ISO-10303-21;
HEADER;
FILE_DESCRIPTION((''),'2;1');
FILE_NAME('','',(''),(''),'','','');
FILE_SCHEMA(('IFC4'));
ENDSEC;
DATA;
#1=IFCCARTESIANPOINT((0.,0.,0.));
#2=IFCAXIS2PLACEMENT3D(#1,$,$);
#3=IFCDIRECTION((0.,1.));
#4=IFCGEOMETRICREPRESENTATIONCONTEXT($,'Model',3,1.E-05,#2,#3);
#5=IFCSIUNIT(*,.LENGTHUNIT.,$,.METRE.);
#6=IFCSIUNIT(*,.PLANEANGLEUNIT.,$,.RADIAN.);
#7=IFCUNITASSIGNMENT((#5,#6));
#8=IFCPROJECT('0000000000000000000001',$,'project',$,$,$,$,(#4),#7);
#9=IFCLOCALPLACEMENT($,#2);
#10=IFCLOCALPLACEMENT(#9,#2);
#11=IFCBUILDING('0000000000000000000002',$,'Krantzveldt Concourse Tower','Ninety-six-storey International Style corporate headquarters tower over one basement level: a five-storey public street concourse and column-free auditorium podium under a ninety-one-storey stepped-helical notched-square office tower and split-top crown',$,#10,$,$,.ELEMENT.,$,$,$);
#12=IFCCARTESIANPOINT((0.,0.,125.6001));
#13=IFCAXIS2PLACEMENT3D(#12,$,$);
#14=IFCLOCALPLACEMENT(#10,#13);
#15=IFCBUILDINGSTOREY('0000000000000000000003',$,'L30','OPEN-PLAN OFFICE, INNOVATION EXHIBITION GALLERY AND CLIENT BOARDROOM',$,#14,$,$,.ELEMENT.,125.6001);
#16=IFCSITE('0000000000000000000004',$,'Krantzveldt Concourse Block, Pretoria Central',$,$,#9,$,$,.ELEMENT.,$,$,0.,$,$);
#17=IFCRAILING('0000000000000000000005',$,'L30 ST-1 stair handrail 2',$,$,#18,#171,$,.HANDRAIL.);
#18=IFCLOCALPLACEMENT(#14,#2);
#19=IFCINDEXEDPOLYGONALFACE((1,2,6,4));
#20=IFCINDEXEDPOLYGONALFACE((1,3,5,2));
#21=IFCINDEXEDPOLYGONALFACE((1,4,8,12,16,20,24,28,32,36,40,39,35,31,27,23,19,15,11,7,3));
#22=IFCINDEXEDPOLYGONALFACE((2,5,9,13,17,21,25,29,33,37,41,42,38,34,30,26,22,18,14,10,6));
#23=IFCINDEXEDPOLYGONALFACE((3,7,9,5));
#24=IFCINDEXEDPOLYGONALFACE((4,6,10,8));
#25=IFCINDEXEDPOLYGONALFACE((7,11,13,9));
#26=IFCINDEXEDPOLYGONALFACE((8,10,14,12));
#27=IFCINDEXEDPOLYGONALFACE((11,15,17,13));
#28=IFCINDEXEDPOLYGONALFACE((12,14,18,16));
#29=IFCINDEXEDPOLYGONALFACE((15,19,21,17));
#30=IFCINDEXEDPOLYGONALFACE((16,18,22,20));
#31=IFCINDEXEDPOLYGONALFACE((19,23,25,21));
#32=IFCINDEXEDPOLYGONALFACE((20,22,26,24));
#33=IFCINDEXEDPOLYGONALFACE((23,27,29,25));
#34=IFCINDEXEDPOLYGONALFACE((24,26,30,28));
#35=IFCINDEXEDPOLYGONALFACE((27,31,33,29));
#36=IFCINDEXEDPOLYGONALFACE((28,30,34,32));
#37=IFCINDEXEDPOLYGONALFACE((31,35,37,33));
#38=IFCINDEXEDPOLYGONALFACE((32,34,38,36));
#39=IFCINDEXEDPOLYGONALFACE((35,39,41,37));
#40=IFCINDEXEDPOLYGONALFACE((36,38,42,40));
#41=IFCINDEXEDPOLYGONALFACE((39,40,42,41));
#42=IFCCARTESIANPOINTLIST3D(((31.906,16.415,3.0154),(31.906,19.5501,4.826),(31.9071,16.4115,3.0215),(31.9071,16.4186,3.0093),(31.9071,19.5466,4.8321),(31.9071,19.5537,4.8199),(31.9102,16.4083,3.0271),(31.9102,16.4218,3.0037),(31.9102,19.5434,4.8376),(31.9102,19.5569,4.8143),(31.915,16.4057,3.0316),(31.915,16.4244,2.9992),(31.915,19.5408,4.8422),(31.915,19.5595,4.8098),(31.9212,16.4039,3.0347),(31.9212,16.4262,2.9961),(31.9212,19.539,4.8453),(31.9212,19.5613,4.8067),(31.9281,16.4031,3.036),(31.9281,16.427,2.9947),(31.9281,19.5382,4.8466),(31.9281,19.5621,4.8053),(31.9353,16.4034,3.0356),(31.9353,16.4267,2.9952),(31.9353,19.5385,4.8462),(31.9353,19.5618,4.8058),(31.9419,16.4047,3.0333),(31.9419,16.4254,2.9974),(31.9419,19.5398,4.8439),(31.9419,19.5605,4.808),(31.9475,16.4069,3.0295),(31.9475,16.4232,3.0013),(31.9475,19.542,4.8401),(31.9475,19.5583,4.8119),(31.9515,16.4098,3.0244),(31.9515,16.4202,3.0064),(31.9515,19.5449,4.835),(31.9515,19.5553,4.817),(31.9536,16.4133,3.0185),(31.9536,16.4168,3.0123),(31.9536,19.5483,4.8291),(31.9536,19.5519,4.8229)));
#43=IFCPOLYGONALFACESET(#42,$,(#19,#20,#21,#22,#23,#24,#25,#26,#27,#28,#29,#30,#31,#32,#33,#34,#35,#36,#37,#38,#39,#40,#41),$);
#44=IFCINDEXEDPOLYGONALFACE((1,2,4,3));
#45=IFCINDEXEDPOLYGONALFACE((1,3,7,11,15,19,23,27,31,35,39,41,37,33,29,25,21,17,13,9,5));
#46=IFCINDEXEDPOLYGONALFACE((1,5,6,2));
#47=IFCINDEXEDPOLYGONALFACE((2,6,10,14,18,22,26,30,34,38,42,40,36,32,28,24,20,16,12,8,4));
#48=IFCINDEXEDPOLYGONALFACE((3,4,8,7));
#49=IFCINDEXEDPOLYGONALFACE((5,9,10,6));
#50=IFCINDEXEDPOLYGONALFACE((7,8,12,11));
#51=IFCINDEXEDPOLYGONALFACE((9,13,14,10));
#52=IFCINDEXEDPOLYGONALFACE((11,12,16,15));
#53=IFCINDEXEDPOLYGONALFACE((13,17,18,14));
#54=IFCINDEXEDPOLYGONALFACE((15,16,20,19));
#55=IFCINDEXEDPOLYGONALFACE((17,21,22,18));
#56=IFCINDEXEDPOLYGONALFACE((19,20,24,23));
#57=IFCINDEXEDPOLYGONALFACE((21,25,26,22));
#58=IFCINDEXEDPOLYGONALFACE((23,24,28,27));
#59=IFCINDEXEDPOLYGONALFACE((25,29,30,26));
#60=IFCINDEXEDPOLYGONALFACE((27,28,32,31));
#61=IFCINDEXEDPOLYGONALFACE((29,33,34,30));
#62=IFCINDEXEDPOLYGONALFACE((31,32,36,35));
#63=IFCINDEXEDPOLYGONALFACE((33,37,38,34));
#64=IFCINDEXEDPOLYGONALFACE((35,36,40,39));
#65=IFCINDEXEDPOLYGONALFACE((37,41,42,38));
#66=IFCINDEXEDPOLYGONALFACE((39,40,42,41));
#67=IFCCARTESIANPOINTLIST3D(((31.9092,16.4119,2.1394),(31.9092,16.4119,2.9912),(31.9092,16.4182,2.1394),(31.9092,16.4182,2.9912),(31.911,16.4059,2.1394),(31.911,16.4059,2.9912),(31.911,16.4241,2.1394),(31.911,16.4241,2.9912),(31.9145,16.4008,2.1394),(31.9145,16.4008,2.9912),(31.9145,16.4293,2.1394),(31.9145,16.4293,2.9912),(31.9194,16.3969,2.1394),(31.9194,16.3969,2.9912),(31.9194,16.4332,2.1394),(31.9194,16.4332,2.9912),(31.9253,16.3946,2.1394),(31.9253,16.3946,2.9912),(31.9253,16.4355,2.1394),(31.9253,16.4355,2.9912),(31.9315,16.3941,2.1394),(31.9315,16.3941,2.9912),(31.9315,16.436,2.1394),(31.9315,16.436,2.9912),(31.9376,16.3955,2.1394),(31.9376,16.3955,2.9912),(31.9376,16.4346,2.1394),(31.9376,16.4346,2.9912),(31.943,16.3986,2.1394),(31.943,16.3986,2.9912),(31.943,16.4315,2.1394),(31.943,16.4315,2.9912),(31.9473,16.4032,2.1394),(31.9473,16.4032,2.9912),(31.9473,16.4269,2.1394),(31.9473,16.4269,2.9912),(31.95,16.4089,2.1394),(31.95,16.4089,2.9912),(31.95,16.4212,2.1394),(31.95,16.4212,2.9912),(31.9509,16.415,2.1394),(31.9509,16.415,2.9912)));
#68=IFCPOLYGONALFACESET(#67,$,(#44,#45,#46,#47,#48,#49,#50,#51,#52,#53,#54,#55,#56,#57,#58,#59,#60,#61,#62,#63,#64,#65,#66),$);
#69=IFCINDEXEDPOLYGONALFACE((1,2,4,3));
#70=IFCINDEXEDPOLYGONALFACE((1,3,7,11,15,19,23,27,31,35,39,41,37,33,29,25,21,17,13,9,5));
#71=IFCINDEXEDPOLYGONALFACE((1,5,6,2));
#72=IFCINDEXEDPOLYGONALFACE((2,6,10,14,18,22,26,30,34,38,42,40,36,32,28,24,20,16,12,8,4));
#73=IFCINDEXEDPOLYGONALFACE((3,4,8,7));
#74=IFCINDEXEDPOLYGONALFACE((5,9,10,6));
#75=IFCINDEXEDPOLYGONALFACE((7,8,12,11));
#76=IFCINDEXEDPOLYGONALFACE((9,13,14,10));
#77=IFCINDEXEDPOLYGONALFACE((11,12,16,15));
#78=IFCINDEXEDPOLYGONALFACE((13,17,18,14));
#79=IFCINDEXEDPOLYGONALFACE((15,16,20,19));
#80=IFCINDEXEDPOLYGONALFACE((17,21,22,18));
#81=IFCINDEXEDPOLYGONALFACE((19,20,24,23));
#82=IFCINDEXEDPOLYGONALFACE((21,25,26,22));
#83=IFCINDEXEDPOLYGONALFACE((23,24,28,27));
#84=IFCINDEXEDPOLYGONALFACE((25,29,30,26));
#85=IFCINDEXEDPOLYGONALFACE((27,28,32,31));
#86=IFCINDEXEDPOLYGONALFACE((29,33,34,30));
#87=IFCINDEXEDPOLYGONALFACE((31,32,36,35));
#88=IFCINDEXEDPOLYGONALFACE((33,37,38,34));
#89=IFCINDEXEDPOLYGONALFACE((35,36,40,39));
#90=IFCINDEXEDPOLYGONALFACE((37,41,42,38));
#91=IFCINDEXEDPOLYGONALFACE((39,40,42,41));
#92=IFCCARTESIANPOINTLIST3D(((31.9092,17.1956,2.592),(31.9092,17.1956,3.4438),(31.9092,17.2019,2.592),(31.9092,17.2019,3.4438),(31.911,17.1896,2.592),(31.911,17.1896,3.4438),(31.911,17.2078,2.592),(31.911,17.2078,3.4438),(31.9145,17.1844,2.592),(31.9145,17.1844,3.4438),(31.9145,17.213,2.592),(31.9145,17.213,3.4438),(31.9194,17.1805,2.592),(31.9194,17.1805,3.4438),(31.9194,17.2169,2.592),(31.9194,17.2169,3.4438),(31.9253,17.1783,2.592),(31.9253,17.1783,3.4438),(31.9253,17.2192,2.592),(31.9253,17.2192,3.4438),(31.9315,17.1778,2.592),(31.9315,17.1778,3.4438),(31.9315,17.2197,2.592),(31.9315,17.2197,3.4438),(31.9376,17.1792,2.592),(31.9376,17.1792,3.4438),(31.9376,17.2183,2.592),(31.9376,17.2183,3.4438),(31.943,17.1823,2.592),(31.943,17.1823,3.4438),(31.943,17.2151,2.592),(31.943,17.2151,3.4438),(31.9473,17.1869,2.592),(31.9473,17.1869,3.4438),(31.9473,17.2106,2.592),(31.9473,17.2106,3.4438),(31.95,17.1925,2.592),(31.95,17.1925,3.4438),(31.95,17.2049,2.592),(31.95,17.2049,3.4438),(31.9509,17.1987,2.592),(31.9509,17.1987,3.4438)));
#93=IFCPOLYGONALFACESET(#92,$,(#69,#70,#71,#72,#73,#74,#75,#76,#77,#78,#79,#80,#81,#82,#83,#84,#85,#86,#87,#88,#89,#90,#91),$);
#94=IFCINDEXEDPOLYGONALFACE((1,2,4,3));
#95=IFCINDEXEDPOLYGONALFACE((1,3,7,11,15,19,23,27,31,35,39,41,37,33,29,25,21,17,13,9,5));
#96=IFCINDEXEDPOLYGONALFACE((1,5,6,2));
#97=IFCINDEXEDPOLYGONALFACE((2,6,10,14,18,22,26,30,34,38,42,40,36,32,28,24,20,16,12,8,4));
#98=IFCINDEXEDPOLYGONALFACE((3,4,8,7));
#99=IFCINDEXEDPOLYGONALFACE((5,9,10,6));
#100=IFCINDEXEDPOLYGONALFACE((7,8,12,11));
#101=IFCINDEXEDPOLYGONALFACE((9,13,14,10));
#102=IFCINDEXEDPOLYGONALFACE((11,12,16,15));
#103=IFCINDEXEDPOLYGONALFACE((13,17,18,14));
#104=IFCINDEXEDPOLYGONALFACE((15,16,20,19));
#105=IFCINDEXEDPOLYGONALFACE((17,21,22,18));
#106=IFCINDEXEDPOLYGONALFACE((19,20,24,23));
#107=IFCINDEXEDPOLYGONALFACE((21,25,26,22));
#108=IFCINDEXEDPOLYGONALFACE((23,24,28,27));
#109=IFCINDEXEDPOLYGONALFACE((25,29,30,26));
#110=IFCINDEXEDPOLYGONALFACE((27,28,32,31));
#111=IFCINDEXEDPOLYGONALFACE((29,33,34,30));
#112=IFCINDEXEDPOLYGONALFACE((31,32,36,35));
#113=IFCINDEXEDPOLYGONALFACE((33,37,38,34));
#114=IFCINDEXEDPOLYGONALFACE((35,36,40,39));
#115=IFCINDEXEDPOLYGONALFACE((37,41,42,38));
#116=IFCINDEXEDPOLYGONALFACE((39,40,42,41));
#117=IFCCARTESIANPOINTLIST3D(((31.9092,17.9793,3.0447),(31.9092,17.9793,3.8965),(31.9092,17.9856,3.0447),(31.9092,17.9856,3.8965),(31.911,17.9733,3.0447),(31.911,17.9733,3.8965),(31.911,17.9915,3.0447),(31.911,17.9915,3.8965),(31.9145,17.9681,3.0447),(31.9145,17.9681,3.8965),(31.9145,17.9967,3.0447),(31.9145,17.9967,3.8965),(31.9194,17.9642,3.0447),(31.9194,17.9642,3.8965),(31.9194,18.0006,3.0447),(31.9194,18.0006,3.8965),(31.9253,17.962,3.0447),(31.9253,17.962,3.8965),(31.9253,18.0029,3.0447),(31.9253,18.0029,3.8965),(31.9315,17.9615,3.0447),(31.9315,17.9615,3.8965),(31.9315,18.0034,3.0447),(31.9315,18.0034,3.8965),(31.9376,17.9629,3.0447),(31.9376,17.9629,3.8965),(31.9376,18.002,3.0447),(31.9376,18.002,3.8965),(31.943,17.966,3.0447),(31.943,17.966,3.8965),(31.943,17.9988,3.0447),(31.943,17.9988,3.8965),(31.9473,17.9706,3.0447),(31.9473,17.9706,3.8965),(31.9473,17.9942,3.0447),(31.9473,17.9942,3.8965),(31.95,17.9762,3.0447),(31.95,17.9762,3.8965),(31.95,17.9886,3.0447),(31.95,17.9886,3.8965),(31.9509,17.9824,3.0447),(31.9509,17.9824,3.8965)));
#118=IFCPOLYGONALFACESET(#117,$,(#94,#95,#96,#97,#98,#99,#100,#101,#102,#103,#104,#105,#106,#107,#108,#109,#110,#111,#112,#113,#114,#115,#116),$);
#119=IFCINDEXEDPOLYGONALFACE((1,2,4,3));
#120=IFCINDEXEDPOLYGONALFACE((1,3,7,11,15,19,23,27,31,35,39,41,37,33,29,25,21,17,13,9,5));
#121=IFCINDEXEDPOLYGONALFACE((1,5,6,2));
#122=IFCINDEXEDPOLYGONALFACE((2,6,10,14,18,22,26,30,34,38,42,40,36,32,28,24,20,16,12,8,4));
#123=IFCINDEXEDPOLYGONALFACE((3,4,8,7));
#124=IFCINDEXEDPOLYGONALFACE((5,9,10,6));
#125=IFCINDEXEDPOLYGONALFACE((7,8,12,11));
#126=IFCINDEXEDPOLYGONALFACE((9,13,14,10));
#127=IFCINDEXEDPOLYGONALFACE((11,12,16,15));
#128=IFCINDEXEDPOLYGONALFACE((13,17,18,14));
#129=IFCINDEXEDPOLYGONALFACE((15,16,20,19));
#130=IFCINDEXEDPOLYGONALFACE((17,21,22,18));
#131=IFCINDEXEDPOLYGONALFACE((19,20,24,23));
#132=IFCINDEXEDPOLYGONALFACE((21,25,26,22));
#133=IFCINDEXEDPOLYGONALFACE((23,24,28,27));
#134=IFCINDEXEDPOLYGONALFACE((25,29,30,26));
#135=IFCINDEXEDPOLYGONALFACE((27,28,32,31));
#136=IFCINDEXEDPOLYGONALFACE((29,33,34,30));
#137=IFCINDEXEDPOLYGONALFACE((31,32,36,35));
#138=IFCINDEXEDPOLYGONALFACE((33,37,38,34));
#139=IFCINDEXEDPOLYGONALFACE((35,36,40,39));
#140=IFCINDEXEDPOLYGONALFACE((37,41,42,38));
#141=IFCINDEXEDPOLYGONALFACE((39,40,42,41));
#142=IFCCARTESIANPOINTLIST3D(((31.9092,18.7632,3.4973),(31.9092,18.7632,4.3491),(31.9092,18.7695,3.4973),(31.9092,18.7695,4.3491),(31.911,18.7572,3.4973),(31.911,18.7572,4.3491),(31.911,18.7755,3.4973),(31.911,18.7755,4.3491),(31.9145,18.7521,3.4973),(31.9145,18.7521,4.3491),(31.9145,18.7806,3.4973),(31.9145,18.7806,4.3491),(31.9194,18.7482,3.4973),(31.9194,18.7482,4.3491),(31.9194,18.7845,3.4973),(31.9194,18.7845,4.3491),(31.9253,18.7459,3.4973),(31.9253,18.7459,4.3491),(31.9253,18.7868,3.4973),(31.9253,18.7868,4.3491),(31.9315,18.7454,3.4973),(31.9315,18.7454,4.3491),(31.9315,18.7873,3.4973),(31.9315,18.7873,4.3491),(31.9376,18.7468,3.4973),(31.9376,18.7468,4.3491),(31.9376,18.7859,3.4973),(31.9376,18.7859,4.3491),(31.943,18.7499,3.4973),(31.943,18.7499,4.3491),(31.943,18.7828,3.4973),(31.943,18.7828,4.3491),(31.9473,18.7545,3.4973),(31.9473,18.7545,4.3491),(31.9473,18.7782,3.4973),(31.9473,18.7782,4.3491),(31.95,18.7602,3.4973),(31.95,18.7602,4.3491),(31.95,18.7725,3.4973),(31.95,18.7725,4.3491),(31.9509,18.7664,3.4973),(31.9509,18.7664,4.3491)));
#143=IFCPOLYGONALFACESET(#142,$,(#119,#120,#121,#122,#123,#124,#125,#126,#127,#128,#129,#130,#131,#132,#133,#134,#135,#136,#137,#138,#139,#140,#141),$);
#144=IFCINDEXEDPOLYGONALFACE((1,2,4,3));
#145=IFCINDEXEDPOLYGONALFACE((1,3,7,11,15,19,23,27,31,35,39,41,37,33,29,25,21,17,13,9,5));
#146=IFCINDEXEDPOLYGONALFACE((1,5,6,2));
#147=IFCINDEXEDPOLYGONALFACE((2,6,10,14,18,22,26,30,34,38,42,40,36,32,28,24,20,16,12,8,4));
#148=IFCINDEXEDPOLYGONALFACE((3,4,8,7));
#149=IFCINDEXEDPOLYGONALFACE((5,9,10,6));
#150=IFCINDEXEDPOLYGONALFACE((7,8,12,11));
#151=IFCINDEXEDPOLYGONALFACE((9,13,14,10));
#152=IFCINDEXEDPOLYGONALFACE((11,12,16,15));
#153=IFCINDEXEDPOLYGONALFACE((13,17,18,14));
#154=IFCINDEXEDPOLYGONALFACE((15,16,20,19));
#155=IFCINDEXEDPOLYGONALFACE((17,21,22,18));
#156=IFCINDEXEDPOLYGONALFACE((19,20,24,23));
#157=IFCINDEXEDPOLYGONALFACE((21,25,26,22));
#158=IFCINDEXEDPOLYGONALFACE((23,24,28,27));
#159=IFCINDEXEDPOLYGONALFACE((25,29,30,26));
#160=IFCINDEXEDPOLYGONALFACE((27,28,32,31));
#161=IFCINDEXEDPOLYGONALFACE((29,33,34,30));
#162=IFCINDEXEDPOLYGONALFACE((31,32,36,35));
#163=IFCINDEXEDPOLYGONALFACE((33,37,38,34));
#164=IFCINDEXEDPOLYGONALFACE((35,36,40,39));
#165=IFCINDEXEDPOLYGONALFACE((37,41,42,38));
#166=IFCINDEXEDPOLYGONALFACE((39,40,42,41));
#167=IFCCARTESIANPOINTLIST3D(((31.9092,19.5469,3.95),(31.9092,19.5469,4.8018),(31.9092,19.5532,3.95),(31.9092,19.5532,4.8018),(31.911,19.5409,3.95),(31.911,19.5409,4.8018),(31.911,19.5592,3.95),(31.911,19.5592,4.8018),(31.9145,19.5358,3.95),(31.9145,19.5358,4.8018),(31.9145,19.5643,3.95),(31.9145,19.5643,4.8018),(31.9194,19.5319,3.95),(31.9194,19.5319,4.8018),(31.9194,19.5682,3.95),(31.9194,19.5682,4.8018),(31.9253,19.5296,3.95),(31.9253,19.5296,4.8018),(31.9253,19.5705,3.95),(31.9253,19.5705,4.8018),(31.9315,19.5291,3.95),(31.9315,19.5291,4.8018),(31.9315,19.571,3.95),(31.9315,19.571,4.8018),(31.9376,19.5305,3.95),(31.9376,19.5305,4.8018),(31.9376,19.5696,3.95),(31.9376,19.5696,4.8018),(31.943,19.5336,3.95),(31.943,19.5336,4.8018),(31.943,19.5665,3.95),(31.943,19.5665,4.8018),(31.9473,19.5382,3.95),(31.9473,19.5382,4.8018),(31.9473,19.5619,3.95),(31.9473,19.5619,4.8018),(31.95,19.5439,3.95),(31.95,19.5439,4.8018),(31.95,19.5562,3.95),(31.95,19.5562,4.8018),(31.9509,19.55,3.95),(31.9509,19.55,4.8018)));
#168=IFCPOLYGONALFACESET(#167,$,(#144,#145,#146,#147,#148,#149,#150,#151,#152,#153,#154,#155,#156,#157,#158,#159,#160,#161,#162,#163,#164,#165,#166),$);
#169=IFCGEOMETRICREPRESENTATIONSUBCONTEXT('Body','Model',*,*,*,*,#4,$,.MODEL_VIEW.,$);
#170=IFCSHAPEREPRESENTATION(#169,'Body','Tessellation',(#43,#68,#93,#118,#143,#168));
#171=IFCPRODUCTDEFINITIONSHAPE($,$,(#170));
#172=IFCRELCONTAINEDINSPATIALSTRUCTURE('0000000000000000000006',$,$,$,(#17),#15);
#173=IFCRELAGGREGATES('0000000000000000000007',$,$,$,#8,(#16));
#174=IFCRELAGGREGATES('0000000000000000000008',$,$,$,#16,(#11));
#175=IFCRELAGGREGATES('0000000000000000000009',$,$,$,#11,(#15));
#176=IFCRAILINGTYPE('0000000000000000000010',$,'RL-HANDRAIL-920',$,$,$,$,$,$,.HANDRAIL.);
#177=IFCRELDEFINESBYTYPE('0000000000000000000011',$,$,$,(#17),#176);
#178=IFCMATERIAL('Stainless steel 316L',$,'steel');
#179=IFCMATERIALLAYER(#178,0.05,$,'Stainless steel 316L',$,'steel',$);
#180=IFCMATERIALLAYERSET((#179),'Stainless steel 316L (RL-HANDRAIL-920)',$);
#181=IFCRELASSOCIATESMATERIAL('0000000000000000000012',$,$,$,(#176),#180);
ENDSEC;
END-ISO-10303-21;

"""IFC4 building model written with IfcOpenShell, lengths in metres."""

from ifc_helpers import new_model, si_unit, direction, frame, origin, origin_2d, place, context, subcontext, project, spatial, circle, extrude, material, layer, layer_set, type_object, element, save


model = new_model("IFC4")

# Units and contexts
model_context = context("Model", 3, precision=1e-05, world=origin(), true_north=direction((0.0, 1.0)))
body_context = subcontext(model_context, "Body", "Model", "MODEL_VIEW")
ifc_project = project(units=[si_unit("LENGTHUNIT", "METRE"), si_unit("PLANEANGLEUNIT", "RADIAN")], contexts=[model_context])

# Site, building, storey
site_placement = place(None, origin())
site = spatial("IfcSite", under=ifc_project, at=site_placement, Name="Krantzveldt Concourse Block, Pretoria Central", CompositionType="ELEMENT", RefElevation=0.0)
building_placement = place(site_placement, origin())
building = spatial("IfcBuilding", under=site, at=building_placement, Name="Krantzveldt Concourse Tower", Description="Ninety-six-storey International Style corporate headquarters tower over one basement level: a five-storey public street concourse and column-free auditorium podium under a ninety-one-storey stepped-helical notched-square office tower and split-top crown", CompositionType="ELEMENT")
storey_placement = place(building_placement, frame((0.0, 0.0, 125.6001)))
storey = spatial("IfcBuildingStorey", under=building, at=storey_placement, Name="L30", Description="OPEN-PLAN OFFICE, INNOVATION EXHIBITION GALLERY AND CLIENT BOARDROOM", CompositionType="ELEMENT", Elevation=125.6001)

# Railing
ifc_material_1 = material(Name="Stainless steel 316L", Category="steel")
ifc_layer_1 = layer(ifc_material_1, 0.05, Name="Stainless steel 316L", Category="steel")
ifc_layer_set_1 = layer_set([ifc_layer_1], Name="Stainless steel 316L (RL-HANDRAIL-920)")
railing_type_1 = type_object("IfcRailingType", Name="RL-HANDRAIL-920", PredefinedType="HANDRAIL", material=ifc_layer_set_1)
railing_1_placement = place(storey_placement, frame((31.9299, 16.415, 2.1394)))
element("IfcRailing", 1, at=railing_1_placement, inside=storey, type_object=railing_type_1, Name="L30 ST-1 stair handrail 2", PredefinedType="HANDRAIL", context=body_context, shape_type="SweptSolid", body=[
    extrude(circle(Radius=0.0239, at=origin_2d()), frame((0.0, 0.0, 0.876), z_axis=(0.0, 0.86596, 0.500114), x_axis=(-1.0, 0.0, 0.0)), (0.0, 0.0, 1.0), 3.6204),
    extrude(circle(Radius=0.021, at=origin_2d()), origin(), (0.0, 0.0, 1.0), 0.8518),
    extrude(circle(Radius=0.021, at=origin_2d()), frame((0.0, 0.7837, 0.4526)), (0.0, 0.0, 1.0), 0.8518),
    extrude(circle(Radius=0.021, at=origin_2d()), frame((0.0, 1.5674, 0.9053)), (0.0, 0.0, 1.0), 0.8518),
    extrude(circle(Radius=0.021, at=origin_2d()), frame((0.0, 2.3513, 1.3579)), (0.0, 0.0, 1.0), 0.8518),
    extrude(circle(Radius=0.021, at=origin_2d()), frame((0.0, 3.135, 1.8105)), (0.0, 0.0, 1.0), 0.8518),
])

save(model, "model.ifc")
